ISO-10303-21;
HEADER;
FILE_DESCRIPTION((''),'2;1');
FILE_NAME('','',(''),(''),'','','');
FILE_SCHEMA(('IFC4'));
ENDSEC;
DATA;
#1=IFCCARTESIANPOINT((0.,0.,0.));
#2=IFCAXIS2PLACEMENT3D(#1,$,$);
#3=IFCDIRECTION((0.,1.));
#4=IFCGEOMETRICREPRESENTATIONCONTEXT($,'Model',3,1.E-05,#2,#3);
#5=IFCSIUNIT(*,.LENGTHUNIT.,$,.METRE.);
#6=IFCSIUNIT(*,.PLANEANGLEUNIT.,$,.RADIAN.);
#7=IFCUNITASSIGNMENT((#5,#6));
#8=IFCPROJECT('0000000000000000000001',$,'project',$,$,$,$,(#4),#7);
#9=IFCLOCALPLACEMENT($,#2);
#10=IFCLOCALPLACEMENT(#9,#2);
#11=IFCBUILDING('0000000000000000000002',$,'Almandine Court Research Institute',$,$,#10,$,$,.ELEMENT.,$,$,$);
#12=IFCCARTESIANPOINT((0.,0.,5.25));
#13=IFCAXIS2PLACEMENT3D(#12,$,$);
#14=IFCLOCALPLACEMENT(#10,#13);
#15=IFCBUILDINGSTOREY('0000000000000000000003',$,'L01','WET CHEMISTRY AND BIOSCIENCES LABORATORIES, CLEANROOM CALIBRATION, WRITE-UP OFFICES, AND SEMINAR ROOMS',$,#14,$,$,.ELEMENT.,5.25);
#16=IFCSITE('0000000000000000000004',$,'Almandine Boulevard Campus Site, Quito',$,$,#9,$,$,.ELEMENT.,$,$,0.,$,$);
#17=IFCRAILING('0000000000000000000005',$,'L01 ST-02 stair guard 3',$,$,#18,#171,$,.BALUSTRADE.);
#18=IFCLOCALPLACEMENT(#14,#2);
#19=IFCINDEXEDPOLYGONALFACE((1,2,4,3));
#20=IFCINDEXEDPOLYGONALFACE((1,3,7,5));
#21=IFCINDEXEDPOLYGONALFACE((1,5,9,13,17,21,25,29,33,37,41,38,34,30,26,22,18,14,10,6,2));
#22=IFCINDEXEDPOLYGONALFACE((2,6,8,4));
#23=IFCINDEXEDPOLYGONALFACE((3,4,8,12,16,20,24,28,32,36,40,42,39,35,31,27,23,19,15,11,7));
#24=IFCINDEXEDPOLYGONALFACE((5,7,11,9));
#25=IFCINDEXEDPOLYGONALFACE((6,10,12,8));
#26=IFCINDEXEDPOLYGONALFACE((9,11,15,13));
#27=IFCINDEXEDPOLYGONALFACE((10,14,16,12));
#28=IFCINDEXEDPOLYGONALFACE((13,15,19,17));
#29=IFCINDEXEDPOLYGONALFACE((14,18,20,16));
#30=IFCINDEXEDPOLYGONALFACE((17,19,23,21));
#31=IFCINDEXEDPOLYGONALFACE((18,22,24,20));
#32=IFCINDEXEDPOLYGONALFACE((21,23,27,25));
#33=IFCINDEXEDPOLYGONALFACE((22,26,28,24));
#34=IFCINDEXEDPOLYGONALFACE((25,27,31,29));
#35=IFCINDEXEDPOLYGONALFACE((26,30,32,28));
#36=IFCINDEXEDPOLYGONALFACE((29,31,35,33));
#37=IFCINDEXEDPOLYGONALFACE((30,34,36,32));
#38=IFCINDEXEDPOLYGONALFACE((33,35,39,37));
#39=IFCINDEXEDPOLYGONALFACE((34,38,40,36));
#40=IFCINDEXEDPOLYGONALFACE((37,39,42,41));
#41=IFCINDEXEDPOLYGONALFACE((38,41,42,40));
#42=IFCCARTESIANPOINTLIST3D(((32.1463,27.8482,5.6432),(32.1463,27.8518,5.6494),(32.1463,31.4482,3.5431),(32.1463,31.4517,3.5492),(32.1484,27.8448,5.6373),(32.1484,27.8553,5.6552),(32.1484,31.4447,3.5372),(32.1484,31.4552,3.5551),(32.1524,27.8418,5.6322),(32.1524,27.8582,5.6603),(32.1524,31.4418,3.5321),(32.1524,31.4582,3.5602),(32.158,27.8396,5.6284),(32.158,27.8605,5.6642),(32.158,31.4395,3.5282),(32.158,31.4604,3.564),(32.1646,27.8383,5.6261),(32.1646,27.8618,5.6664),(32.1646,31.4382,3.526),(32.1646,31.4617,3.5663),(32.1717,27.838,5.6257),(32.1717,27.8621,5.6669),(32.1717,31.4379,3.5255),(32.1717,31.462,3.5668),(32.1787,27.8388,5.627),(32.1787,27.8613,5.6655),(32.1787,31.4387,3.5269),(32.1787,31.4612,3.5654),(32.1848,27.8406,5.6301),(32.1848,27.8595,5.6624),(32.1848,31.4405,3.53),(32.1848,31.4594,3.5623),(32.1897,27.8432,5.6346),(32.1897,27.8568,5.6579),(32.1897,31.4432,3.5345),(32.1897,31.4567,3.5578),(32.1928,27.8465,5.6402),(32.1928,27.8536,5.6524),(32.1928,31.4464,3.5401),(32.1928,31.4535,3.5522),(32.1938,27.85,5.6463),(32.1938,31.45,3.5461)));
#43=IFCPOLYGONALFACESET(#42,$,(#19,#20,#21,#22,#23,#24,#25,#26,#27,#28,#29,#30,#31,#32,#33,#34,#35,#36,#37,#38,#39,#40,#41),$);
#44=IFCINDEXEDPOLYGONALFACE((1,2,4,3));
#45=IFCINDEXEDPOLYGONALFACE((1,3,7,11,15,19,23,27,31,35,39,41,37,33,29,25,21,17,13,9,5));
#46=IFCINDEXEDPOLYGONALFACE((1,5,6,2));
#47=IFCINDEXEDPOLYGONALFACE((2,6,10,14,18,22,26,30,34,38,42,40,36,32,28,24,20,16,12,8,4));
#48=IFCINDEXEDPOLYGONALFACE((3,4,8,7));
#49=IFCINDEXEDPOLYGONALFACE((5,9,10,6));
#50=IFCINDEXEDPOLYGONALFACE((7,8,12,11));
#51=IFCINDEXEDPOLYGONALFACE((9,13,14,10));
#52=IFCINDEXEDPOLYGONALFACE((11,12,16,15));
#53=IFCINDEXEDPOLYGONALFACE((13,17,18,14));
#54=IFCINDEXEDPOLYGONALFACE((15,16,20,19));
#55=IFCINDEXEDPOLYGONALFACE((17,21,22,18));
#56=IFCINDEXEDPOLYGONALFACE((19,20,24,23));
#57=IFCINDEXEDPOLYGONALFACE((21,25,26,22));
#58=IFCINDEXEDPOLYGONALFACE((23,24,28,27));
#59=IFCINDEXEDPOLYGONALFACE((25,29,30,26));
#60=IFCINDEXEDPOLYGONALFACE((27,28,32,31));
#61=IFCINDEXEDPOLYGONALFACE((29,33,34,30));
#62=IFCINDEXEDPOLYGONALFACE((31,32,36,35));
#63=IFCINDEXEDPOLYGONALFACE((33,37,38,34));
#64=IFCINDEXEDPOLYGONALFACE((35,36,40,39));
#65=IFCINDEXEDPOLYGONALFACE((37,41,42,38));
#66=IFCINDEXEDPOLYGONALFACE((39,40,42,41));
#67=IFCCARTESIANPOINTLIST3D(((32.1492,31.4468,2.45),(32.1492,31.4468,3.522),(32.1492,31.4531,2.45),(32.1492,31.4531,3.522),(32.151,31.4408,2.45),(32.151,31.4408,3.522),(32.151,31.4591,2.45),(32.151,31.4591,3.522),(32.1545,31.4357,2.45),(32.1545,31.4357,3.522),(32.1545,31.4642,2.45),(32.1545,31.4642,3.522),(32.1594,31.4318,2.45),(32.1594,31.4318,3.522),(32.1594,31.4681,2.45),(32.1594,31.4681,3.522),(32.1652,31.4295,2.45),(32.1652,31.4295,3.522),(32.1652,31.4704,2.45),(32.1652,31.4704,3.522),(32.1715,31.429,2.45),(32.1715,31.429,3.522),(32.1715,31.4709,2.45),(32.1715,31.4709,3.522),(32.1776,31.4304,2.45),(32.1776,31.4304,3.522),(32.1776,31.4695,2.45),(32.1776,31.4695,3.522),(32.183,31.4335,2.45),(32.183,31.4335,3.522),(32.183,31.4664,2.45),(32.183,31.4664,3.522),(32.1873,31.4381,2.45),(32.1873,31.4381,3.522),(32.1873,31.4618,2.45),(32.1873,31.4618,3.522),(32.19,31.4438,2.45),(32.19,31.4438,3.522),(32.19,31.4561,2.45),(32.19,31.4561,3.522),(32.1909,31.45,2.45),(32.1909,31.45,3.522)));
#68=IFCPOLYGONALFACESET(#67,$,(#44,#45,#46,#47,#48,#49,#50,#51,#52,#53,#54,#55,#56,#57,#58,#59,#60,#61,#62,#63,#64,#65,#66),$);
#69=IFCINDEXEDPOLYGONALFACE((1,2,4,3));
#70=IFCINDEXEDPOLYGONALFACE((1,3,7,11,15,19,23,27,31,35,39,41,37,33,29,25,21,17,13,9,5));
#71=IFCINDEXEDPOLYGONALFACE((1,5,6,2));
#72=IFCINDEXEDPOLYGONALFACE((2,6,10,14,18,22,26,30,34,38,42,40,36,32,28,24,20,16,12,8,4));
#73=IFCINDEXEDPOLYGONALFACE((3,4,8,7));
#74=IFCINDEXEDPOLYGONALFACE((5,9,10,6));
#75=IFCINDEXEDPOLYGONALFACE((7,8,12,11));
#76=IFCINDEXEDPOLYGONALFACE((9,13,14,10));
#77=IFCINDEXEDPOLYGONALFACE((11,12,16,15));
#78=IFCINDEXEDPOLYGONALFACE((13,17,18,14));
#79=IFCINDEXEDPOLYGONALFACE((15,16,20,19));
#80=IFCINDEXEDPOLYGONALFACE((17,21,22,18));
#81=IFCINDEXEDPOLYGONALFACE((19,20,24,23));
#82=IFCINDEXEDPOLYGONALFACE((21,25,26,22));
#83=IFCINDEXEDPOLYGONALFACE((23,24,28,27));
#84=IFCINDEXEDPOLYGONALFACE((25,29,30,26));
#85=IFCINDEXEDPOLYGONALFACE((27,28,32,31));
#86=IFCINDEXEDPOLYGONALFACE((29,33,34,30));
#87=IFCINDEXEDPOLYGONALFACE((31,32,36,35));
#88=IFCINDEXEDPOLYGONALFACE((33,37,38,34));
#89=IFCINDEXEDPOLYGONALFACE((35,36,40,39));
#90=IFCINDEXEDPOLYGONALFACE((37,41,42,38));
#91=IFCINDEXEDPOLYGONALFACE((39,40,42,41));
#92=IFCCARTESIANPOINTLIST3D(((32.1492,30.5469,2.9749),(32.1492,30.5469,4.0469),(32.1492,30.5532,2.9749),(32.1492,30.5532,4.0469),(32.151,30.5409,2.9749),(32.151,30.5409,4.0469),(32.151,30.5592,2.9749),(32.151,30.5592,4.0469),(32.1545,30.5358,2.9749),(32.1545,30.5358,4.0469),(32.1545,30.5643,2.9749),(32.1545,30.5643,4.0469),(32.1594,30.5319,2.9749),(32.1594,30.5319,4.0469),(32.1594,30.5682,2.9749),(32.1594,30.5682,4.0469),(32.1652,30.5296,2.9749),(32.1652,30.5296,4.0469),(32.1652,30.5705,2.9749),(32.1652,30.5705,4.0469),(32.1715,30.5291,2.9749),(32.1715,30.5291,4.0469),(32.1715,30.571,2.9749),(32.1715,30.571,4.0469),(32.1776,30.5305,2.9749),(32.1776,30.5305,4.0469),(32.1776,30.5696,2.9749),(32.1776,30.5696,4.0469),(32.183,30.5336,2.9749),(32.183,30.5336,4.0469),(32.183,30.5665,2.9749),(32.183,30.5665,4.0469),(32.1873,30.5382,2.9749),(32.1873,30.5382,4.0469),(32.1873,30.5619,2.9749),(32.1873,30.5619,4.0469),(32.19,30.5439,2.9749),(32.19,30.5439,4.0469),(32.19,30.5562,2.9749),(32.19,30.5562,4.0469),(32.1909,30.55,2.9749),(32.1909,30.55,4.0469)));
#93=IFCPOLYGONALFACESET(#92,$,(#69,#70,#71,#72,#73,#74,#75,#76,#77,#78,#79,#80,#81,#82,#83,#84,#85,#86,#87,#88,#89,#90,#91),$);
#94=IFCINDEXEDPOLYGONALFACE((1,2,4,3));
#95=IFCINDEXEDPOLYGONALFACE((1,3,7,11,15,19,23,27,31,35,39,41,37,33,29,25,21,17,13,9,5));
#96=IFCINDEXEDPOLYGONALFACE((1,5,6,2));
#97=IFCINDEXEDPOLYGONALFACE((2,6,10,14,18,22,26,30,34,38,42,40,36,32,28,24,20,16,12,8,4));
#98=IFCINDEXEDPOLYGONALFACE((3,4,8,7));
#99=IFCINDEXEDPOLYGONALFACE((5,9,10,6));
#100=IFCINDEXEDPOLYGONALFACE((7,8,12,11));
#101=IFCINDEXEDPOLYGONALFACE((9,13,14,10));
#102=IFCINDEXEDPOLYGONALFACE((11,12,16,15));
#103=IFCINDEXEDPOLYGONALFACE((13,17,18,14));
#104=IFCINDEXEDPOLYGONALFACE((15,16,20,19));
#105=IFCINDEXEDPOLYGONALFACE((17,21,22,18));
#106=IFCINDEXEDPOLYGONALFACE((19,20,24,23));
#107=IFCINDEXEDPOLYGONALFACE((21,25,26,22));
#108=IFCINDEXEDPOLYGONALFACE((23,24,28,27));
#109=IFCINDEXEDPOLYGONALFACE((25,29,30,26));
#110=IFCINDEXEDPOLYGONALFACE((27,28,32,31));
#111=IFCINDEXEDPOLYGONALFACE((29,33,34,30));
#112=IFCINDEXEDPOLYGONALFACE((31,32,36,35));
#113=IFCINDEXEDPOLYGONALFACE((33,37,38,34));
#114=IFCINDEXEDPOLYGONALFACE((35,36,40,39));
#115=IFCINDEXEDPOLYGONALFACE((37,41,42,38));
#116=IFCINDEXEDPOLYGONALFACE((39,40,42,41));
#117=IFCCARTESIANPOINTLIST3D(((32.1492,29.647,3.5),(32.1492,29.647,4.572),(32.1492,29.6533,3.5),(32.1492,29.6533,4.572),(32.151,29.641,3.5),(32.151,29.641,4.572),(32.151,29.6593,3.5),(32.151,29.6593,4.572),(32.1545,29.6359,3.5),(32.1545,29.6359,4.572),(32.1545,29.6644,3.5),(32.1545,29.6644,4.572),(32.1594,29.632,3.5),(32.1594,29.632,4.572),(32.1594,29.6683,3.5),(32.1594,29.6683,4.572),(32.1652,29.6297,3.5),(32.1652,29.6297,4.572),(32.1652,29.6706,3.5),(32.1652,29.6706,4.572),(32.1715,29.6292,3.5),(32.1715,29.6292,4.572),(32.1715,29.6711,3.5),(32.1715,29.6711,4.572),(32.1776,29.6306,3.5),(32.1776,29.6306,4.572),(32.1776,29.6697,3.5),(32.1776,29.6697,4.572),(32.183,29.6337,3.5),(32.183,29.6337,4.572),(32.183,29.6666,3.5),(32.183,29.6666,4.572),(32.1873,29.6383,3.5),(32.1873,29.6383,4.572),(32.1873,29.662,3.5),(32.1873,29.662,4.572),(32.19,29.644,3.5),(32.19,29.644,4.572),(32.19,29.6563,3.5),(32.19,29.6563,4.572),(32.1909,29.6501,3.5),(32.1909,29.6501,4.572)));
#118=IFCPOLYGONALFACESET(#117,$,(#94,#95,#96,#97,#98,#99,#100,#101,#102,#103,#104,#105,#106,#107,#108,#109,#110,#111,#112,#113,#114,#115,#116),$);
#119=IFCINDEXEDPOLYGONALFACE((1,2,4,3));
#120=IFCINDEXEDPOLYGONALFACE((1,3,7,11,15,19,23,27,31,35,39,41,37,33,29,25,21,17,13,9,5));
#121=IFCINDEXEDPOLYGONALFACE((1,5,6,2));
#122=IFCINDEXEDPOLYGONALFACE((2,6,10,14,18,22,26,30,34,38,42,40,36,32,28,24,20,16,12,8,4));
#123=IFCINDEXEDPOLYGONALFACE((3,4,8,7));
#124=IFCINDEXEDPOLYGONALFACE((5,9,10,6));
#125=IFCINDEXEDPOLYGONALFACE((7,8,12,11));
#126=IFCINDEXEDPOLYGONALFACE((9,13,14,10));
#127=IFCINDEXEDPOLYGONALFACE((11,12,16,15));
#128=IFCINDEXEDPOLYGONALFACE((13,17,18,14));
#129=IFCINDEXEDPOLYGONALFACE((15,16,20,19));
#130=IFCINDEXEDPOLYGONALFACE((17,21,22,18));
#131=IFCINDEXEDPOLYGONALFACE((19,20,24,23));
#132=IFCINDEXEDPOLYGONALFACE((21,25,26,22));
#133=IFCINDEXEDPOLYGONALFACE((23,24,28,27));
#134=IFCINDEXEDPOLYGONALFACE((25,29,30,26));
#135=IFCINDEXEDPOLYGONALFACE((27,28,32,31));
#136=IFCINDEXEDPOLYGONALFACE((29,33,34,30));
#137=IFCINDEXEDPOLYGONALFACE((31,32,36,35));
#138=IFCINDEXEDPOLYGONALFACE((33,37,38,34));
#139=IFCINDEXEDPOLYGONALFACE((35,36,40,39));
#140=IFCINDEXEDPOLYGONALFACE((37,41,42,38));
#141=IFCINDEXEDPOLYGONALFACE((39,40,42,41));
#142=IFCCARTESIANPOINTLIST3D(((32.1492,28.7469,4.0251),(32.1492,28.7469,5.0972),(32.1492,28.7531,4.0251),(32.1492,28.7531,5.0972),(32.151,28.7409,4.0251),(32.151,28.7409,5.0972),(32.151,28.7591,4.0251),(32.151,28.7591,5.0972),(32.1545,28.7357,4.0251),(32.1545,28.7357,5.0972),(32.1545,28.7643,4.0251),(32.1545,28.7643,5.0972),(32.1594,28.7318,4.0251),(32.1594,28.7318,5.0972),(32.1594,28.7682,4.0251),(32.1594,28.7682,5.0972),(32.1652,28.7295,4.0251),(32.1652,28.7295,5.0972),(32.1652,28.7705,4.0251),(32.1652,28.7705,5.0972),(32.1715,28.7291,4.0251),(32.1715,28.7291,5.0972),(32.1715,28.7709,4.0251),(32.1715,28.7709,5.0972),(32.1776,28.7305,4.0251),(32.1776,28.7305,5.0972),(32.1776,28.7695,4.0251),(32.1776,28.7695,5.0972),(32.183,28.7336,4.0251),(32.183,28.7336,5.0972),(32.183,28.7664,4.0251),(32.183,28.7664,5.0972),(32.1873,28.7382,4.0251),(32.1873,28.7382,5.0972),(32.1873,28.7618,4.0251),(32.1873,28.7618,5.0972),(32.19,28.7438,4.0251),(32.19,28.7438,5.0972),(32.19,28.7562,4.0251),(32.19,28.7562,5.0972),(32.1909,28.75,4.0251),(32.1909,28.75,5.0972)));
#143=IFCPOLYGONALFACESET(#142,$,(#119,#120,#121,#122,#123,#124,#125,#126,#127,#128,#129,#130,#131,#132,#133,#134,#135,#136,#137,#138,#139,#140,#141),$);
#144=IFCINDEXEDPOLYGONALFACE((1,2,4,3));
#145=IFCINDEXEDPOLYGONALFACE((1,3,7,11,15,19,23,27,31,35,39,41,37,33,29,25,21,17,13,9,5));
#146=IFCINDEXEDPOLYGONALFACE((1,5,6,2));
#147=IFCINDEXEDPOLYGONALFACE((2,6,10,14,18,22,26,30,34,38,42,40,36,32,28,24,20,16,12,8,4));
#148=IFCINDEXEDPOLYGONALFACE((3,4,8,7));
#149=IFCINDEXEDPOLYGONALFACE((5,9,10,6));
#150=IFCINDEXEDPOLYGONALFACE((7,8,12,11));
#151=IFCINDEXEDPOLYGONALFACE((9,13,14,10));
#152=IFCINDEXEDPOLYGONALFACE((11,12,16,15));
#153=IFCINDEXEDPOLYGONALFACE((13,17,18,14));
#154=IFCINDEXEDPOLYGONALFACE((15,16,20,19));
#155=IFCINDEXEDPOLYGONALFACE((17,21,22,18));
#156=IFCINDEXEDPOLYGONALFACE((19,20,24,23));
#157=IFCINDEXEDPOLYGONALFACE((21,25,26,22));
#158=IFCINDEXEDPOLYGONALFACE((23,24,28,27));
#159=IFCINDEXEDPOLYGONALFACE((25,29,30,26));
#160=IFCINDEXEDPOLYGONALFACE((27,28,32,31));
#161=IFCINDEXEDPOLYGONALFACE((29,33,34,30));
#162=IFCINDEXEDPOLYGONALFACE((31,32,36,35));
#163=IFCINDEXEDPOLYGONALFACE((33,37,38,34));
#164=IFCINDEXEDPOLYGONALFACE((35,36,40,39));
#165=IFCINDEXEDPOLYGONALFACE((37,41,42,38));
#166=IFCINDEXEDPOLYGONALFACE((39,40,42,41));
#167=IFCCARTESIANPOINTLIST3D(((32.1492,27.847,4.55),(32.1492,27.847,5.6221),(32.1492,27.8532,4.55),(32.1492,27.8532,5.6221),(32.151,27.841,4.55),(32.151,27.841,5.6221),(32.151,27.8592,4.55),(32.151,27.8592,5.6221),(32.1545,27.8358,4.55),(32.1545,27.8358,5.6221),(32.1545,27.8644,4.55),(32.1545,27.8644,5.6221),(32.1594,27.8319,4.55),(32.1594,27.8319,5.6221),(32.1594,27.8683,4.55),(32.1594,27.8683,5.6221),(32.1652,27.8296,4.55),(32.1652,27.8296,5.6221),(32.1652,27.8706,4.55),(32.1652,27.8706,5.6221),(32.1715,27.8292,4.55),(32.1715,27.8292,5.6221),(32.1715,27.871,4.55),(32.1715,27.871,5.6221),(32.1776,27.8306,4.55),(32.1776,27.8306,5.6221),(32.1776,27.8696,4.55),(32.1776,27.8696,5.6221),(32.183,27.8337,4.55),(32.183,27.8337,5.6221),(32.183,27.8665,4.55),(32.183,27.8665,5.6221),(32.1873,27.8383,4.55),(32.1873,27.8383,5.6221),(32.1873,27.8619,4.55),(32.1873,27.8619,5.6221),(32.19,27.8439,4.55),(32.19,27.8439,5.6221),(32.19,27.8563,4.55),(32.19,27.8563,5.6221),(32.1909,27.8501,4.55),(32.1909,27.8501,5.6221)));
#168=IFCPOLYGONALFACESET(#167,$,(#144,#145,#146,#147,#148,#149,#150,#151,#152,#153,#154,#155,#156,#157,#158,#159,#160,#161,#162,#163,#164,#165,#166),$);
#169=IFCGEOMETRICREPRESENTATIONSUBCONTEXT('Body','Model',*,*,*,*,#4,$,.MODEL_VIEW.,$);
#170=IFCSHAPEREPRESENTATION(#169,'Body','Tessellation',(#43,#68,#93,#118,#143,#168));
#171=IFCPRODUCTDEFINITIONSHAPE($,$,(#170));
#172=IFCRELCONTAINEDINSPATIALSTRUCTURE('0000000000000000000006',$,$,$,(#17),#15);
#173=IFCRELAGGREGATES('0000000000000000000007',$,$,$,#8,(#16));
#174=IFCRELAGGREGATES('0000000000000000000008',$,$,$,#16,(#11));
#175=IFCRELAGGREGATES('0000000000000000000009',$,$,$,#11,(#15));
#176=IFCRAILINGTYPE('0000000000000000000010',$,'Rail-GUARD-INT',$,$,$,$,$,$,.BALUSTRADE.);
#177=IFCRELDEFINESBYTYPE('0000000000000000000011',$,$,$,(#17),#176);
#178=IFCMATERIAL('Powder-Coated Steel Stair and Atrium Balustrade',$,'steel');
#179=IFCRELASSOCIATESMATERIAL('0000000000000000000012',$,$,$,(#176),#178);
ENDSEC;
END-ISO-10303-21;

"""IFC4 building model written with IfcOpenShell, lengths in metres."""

from ifc_helpers import new_model, si_unit, direction, frame, origin, origin_2d, place, context, subcontext, project, spatial, circle, extrude, material, type_object, element, save


model = new_model("IFC4")

# Units and contexts
model_context = context("Model", 3, precision=1e-05, world=origin(), true_north=direction((0.0, 1.0)))
body_context = subcontext(model_context, "Body", "Model", "MODEL_VIEW")
ifc_project = project(units=[si_unit("LENGTHUNIT", "METRE"), si_unit("PLANEANGLEUNIT", "RADIAN")], contexts=[model_context])

# Site, building, storey
site_placement = place(None, origin())
site = spatial("IfcSite", under=ifc_project, at=site_placement, Name="Almandine Boulevard Campus Site, Quito", CompositionType="ELEMENT", RefElevation=0.0)
building_placement = place(site_placement, origin())
building = spatial("IfcBuilding", under=site, at=building_placement, Name="Almandine Court Research Institute", CompositionType="ELEMENT")
storey_placement = place(building_placement, frame((0.0, 0.0, 5.25)))
storey = spatial("IfcBuildingStorey", under=building, at=storey_placement, Name="L01", Description="WET CHEMISTRY AND BIOSCIENCES LABORATORIES, CLEANROOM CALIBRATION, WRITE-UP OFFICES, AND SEMINAR ROOMS", CompositionType="ELEMENT", Elevation=5.25)

# Railing
ifc_material_1 = material(Name="Powder-Coated Steel Stair and Atrium Balustrade", Category="steel")
railing_type_1 = type_object("IfcRailingType", Name="Rail-GUARD-INT", PredefinedType="BALUSTRADE", material=ifc_material_1)
railing_1_placement = place(storey_placement, frame((32.1699, 31.45, 2.45)))
element("IfcRailing", 1, at=railing_1_placement, inside=storey, type_object=railing_type_1, Name="L01 ST-02 stair guard 3", PredefinedType="BALUSTRADE", context=body_context, shape_type="SweptSolid", body=[
    extrude(circle(Radius=0.0239, at=origin_2d()), frame((0.0, 0.0, 1.0962), z_axis=(0.0, -0.86376, 0.503904), x_axis=(1.0, 0.0, 0.0)), (0.0, 0.0, 1.0), 4.1677),
    extrude(circle(Radius=0.021, at=origin_2d()), origin(), (0.0, 0.0, 1.0), 1.072),
    extrude(circle(Radius=0.021, at=origin_2d()), frame((0.0, -0.8999, 0.5249)), (0.0, 0.0, 1.0), 1.072),
    extrude(circle(Radius=0.021, at=origin_2d()), frame((0.0, -1.7998, 1.05)), (0.0, 0.0, 1.0), 1.072),
    extrude(circle(Radius=0.021, at=origin_2d()), frame((0.0, -2.7, 1.5752)), (0.0, 0.0, 1.0), 1.072),
    extrude(circle(Radius=0.021, at=origin_2d()), frame((0.0, -3.5999, 2.1001)), (0.0, 0.0, 1.0), 1.072),
])

save(model, "model.ifc")
